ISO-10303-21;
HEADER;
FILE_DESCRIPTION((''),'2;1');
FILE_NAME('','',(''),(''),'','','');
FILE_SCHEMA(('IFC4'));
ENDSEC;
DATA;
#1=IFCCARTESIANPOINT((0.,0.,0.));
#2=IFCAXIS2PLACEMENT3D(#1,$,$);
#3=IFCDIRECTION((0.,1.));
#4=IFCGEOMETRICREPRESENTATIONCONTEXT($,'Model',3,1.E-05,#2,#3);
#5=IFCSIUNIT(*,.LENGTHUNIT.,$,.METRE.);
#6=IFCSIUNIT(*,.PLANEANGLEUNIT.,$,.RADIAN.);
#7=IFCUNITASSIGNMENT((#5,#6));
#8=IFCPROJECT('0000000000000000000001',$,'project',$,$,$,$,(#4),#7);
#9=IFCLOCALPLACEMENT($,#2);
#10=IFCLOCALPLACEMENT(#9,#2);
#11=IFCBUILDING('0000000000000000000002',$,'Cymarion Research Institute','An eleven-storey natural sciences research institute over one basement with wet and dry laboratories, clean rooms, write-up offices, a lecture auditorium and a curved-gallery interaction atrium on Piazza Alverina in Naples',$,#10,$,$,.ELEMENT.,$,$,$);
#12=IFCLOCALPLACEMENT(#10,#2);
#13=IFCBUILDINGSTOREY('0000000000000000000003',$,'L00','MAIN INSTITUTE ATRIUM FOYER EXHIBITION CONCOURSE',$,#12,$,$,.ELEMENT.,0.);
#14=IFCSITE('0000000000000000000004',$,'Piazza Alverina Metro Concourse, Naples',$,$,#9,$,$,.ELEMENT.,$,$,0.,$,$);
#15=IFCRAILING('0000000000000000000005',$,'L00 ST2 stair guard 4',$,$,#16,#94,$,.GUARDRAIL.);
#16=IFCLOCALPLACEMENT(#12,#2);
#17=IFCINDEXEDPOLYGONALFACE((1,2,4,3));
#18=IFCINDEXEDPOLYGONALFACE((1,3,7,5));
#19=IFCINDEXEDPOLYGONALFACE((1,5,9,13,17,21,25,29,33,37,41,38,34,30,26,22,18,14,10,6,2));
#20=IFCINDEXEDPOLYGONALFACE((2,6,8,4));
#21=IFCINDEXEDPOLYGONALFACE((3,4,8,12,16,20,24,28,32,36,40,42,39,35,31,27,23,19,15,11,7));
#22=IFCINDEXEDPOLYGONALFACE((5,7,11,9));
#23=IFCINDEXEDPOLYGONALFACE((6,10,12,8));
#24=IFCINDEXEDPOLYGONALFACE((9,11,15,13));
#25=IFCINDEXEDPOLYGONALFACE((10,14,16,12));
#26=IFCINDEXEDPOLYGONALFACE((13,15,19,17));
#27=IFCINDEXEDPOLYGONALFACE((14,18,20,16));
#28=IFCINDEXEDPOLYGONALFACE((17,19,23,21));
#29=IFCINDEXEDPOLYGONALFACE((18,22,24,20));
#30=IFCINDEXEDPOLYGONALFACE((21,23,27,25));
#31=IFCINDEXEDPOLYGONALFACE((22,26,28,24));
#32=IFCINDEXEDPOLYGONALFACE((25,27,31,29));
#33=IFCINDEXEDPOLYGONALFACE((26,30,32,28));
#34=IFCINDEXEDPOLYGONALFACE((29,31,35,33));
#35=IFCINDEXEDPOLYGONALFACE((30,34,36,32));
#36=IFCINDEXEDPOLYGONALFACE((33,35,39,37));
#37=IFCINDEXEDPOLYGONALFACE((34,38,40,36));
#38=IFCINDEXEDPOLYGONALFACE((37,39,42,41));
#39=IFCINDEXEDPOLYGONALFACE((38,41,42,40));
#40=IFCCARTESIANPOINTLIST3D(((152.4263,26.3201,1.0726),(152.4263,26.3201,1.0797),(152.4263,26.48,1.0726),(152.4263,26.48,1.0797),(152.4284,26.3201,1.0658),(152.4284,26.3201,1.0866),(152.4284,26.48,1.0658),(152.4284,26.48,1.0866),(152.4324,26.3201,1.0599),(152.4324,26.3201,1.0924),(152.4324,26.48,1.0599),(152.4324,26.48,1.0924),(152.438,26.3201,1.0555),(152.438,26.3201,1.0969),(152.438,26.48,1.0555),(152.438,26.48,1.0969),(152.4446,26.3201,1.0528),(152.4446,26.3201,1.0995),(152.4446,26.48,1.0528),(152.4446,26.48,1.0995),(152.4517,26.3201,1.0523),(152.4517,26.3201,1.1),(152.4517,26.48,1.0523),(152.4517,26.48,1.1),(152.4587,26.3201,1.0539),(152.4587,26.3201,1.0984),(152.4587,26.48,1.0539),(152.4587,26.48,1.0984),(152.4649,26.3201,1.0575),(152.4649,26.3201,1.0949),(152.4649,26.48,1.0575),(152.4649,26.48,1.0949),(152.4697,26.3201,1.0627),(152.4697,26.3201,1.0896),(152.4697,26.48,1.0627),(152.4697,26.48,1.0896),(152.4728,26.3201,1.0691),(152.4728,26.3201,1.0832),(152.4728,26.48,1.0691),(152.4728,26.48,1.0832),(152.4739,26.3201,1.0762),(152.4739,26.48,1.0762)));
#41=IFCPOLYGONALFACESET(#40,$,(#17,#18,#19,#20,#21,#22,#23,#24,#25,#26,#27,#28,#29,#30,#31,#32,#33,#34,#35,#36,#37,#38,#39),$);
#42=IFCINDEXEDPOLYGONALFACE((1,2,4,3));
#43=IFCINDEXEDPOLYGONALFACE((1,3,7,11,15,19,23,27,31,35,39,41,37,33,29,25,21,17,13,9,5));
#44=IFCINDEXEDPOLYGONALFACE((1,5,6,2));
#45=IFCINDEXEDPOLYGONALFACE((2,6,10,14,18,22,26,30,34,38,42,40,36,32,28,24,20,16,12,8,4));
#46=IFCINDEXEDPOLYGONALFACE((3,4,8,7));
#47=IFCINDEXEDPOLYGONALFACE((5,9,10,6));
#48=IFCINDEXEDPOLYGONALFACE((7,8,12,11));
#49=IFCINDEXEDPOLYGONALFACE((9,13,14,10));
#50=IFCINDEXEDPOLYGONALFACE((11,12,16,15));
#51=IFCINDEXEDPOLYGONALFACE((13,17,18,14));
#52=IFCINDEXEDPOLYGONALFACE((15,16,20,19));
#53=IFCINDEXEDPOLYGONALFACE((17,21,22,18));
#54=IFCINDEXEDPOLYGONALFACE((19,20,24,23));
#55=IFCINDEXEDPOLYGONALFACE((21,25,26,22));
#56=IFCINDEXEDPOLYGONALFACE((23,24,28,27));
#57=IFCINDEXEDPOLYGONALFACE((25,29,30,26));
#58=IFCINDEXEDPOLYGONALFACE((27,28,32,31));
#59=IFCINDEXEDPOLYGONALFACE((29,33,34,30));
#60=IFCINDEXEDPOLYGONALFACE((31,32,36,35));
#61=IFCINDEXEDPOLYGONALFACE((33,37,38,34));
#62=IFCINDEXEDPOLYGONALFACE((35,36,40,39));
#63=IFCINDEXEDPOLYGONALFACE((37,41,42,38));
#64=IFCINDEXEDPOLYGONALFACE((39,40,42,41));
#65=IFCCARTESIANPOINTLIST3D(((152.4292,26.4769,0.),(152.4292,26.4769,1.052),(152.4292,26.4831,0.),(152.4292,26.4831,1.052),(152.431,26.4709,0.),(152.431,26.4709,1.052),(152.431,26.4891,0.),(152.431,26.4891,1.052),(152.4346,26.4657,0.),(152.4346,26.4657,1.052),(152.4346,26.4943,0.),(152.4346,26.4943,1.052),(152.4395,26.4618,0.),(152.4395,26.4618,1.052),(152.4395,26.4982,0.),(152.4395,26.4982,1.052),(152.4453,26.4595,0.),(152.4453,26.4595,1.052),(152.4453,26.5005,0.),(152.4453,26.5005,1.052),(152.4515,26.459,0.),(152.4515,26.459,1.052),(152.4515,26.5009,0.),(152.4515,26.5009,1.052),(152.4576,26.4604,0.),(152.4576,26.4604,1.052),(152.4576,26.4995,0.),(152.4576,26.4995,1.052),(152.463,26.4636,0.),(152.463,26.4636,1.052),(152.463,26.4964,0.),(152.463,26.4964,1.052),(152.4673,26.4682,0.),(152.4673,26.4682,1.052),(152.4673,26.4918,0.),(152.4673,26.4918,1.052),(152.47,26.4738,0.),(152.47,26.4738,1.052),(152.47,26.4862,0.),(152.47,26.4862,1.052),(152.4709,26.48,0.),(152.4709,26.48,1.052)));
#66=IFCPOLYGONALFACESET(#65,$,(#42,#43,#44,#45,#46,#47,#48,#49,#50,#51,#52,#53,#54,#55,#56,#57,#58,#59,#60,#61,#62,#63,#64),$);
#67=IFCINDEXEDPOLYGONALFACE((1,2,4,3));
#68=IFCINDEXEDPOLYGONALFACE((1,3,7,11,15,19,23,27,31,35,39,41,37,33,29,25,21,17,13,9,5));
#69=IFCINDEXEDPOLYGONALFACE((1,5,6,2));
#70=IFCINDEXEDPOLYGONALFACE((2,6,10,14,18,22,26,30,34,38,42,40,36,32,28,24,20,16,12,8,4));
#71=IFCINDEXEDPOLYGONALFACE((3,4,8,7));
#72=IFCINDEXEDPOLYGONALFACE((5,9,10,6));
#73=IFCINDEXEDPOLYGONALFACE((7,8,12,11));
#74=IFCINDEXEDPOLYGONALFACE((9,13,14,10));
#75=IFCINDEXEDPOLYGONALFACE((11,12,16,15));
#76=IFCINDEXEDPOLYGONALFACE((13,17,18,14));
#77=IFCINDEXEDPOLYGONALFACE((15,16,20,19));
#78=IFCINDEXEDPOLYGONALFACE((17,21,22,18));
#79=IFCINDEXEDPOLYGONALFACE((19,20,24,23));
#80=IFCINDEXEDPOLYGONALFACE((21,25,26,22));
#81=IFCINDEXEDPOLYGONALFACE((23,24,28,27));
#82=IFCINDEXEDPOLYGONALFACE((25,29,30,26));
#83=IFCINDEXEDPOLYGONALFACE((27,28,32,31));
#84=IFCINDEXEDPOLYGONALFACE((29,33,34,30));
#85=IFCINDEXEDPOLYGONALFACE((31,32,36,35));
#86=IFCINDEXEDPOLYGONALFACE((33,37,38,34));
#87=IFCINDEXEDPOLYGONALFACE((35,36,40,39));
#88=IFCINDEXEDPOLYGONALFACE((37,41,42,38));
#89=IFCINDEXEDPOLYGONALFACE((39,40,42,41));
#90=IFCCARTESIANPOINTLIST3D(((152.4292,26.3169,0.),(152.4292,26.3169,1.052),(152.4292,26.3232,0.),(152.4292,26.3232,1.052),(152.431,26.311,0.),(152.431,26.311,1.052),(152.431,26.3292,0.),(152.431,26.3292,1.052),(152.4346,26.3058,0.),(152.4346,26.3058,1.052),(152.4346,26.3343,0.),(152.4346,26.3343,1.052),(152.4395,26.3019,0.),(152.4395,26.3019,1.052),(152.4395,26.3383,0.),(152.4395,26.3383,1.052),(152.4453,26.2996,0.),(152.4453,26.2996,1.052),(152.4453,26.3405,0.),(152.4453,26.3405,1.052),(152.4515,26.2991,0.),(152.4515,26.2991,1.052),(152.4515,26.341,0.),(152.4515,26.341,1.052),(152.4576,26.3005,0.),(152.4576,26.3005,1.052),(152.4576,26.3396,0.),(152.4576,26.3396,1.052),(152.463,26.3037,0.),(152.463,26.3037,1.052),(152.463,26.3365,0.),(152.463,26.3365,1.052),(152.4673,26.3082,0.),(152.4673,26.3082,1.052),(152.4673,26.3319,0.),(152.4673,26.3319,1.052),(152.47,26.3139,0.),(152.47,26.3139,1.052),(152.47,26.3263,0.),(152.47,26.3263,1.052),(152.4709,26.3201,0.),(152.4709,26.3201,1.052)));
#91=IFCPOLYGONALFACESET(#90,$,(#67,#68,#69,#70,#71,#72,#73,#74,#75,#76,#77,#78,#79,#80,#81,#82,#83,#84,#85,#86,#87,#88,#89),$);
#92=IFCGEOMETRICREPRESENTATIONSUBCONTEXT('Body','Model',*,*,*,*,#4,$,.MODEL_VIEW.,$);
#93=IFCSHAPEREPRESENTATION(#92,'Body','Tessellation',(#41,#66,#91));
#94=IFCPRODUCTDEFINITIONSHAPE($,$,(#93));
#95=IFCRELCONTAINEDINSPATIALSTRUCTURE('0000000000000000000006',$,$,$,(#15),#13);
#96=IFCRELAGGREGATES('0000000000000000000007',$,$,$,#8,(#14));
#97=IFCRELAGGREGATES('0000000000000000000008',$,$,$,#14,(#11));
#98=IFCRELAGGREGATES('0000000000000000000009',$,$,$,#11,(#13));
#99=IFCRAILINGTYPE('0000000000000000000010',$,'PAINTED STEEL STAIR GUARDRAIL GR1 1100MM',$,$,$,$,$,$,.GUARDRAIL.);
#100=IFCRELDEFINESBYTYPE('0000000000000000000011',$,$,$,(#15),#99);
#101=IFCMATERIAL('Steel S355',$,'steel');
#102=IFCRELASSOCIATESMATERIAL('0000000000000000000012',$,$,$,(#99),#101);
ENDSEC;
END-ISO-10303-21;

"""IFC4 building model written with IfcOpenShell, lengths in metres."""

from ifc_helpers import new_model, si_unit, direction, frame, origin, origin_2d, place, context, subcontext, project, spatial, circle, extrude, material, type_object, element, save


model = new_model("IFC4")

# Units and contexts
model_context = context("Model", 3, precision=1e-05, world=origin(), true_north=direction((0.0, 1.0)))
body_context = subcontext(model_context, "Body", "Model", "MODEL_VIEW")
ifc_project = project(units=[si_unit("LENGTHUNIT", "METRE"), si_unit("PLANEANGLEUNIT", "RADIAN")], contexts=[model_context])

# Site, building, storey
site_placement = place(None, origin())
site = spatial("IfcSite", under=ifc_project, at=site_placement, Name="Piazza Alverina Metro Concourse, Naples", CompositionType="ELEMENT", RefElevation=0.0)
building_placement = place(site_placement, origin())
building = spatial("IfcBuilding", under=site, at=building_placement, Name="Cymarion Research Institute", Description="An eleven-storey natural sciences research institute over one basement with wet and dry laboratories, clean rooms, write-up offices, a lecture auditorium and a curved-gallery interaction atrium on Piazza Alverina in Naples", CompositionType="ELEMENT")
storey_placement = place(building_placement, origin())
storey = spatial("IfcBuildingStorey", under=building, at=storey_placement, Name="L00", Description="MAIN INSTITUTE ATRIUM FOYER EXHIBITION CONCOURSE", CompositionType="ELEMENT", Elevation=0.0)

# Shared definitions
ifc_material_1 = material(Name="Steel S355", Category="steel")

# Railing
railing_type_1 = type_object("IfcRailingType", Name="PAINTED STEEL STAIR GUARDRAIL GR1 1100MM", PredefinedType="GUARDRAIL", material=ifc_material_1)
railing_1_placement = place(storey_placement, frame((152.45, 26.48, 0.0)))
element("IfcRailing", 1, at=railing_1_placement, inside=storey, type_object=railing_type_1, Name="L00 ST2 stair guard 4", PredefinedType="GUARDRAIL", context=body_context, shape_type="SweptSolid", body=[
    extrude(circle(Radius=0.0239, at=origin_2d()), frame((0.0, 0.0, 1.0762), z_axis=(0.0, -1.0, 0.0), x_axis=(1.0, 0.0, 0.0)), (0.0, 0.0, 1.0), 0.1599),
    extrude(circle(Radius=0.021, at=origin_2d()), origin(), (0.0, 0.0, 1.0), 1.052),
    extrude(circle(Radius=0.021, at=origin_2d()), frame((0.0, -0.1599, 0.0)), (0.0, 0.0, 1.0), 1.052),
])

save(model, "model.ifc")
